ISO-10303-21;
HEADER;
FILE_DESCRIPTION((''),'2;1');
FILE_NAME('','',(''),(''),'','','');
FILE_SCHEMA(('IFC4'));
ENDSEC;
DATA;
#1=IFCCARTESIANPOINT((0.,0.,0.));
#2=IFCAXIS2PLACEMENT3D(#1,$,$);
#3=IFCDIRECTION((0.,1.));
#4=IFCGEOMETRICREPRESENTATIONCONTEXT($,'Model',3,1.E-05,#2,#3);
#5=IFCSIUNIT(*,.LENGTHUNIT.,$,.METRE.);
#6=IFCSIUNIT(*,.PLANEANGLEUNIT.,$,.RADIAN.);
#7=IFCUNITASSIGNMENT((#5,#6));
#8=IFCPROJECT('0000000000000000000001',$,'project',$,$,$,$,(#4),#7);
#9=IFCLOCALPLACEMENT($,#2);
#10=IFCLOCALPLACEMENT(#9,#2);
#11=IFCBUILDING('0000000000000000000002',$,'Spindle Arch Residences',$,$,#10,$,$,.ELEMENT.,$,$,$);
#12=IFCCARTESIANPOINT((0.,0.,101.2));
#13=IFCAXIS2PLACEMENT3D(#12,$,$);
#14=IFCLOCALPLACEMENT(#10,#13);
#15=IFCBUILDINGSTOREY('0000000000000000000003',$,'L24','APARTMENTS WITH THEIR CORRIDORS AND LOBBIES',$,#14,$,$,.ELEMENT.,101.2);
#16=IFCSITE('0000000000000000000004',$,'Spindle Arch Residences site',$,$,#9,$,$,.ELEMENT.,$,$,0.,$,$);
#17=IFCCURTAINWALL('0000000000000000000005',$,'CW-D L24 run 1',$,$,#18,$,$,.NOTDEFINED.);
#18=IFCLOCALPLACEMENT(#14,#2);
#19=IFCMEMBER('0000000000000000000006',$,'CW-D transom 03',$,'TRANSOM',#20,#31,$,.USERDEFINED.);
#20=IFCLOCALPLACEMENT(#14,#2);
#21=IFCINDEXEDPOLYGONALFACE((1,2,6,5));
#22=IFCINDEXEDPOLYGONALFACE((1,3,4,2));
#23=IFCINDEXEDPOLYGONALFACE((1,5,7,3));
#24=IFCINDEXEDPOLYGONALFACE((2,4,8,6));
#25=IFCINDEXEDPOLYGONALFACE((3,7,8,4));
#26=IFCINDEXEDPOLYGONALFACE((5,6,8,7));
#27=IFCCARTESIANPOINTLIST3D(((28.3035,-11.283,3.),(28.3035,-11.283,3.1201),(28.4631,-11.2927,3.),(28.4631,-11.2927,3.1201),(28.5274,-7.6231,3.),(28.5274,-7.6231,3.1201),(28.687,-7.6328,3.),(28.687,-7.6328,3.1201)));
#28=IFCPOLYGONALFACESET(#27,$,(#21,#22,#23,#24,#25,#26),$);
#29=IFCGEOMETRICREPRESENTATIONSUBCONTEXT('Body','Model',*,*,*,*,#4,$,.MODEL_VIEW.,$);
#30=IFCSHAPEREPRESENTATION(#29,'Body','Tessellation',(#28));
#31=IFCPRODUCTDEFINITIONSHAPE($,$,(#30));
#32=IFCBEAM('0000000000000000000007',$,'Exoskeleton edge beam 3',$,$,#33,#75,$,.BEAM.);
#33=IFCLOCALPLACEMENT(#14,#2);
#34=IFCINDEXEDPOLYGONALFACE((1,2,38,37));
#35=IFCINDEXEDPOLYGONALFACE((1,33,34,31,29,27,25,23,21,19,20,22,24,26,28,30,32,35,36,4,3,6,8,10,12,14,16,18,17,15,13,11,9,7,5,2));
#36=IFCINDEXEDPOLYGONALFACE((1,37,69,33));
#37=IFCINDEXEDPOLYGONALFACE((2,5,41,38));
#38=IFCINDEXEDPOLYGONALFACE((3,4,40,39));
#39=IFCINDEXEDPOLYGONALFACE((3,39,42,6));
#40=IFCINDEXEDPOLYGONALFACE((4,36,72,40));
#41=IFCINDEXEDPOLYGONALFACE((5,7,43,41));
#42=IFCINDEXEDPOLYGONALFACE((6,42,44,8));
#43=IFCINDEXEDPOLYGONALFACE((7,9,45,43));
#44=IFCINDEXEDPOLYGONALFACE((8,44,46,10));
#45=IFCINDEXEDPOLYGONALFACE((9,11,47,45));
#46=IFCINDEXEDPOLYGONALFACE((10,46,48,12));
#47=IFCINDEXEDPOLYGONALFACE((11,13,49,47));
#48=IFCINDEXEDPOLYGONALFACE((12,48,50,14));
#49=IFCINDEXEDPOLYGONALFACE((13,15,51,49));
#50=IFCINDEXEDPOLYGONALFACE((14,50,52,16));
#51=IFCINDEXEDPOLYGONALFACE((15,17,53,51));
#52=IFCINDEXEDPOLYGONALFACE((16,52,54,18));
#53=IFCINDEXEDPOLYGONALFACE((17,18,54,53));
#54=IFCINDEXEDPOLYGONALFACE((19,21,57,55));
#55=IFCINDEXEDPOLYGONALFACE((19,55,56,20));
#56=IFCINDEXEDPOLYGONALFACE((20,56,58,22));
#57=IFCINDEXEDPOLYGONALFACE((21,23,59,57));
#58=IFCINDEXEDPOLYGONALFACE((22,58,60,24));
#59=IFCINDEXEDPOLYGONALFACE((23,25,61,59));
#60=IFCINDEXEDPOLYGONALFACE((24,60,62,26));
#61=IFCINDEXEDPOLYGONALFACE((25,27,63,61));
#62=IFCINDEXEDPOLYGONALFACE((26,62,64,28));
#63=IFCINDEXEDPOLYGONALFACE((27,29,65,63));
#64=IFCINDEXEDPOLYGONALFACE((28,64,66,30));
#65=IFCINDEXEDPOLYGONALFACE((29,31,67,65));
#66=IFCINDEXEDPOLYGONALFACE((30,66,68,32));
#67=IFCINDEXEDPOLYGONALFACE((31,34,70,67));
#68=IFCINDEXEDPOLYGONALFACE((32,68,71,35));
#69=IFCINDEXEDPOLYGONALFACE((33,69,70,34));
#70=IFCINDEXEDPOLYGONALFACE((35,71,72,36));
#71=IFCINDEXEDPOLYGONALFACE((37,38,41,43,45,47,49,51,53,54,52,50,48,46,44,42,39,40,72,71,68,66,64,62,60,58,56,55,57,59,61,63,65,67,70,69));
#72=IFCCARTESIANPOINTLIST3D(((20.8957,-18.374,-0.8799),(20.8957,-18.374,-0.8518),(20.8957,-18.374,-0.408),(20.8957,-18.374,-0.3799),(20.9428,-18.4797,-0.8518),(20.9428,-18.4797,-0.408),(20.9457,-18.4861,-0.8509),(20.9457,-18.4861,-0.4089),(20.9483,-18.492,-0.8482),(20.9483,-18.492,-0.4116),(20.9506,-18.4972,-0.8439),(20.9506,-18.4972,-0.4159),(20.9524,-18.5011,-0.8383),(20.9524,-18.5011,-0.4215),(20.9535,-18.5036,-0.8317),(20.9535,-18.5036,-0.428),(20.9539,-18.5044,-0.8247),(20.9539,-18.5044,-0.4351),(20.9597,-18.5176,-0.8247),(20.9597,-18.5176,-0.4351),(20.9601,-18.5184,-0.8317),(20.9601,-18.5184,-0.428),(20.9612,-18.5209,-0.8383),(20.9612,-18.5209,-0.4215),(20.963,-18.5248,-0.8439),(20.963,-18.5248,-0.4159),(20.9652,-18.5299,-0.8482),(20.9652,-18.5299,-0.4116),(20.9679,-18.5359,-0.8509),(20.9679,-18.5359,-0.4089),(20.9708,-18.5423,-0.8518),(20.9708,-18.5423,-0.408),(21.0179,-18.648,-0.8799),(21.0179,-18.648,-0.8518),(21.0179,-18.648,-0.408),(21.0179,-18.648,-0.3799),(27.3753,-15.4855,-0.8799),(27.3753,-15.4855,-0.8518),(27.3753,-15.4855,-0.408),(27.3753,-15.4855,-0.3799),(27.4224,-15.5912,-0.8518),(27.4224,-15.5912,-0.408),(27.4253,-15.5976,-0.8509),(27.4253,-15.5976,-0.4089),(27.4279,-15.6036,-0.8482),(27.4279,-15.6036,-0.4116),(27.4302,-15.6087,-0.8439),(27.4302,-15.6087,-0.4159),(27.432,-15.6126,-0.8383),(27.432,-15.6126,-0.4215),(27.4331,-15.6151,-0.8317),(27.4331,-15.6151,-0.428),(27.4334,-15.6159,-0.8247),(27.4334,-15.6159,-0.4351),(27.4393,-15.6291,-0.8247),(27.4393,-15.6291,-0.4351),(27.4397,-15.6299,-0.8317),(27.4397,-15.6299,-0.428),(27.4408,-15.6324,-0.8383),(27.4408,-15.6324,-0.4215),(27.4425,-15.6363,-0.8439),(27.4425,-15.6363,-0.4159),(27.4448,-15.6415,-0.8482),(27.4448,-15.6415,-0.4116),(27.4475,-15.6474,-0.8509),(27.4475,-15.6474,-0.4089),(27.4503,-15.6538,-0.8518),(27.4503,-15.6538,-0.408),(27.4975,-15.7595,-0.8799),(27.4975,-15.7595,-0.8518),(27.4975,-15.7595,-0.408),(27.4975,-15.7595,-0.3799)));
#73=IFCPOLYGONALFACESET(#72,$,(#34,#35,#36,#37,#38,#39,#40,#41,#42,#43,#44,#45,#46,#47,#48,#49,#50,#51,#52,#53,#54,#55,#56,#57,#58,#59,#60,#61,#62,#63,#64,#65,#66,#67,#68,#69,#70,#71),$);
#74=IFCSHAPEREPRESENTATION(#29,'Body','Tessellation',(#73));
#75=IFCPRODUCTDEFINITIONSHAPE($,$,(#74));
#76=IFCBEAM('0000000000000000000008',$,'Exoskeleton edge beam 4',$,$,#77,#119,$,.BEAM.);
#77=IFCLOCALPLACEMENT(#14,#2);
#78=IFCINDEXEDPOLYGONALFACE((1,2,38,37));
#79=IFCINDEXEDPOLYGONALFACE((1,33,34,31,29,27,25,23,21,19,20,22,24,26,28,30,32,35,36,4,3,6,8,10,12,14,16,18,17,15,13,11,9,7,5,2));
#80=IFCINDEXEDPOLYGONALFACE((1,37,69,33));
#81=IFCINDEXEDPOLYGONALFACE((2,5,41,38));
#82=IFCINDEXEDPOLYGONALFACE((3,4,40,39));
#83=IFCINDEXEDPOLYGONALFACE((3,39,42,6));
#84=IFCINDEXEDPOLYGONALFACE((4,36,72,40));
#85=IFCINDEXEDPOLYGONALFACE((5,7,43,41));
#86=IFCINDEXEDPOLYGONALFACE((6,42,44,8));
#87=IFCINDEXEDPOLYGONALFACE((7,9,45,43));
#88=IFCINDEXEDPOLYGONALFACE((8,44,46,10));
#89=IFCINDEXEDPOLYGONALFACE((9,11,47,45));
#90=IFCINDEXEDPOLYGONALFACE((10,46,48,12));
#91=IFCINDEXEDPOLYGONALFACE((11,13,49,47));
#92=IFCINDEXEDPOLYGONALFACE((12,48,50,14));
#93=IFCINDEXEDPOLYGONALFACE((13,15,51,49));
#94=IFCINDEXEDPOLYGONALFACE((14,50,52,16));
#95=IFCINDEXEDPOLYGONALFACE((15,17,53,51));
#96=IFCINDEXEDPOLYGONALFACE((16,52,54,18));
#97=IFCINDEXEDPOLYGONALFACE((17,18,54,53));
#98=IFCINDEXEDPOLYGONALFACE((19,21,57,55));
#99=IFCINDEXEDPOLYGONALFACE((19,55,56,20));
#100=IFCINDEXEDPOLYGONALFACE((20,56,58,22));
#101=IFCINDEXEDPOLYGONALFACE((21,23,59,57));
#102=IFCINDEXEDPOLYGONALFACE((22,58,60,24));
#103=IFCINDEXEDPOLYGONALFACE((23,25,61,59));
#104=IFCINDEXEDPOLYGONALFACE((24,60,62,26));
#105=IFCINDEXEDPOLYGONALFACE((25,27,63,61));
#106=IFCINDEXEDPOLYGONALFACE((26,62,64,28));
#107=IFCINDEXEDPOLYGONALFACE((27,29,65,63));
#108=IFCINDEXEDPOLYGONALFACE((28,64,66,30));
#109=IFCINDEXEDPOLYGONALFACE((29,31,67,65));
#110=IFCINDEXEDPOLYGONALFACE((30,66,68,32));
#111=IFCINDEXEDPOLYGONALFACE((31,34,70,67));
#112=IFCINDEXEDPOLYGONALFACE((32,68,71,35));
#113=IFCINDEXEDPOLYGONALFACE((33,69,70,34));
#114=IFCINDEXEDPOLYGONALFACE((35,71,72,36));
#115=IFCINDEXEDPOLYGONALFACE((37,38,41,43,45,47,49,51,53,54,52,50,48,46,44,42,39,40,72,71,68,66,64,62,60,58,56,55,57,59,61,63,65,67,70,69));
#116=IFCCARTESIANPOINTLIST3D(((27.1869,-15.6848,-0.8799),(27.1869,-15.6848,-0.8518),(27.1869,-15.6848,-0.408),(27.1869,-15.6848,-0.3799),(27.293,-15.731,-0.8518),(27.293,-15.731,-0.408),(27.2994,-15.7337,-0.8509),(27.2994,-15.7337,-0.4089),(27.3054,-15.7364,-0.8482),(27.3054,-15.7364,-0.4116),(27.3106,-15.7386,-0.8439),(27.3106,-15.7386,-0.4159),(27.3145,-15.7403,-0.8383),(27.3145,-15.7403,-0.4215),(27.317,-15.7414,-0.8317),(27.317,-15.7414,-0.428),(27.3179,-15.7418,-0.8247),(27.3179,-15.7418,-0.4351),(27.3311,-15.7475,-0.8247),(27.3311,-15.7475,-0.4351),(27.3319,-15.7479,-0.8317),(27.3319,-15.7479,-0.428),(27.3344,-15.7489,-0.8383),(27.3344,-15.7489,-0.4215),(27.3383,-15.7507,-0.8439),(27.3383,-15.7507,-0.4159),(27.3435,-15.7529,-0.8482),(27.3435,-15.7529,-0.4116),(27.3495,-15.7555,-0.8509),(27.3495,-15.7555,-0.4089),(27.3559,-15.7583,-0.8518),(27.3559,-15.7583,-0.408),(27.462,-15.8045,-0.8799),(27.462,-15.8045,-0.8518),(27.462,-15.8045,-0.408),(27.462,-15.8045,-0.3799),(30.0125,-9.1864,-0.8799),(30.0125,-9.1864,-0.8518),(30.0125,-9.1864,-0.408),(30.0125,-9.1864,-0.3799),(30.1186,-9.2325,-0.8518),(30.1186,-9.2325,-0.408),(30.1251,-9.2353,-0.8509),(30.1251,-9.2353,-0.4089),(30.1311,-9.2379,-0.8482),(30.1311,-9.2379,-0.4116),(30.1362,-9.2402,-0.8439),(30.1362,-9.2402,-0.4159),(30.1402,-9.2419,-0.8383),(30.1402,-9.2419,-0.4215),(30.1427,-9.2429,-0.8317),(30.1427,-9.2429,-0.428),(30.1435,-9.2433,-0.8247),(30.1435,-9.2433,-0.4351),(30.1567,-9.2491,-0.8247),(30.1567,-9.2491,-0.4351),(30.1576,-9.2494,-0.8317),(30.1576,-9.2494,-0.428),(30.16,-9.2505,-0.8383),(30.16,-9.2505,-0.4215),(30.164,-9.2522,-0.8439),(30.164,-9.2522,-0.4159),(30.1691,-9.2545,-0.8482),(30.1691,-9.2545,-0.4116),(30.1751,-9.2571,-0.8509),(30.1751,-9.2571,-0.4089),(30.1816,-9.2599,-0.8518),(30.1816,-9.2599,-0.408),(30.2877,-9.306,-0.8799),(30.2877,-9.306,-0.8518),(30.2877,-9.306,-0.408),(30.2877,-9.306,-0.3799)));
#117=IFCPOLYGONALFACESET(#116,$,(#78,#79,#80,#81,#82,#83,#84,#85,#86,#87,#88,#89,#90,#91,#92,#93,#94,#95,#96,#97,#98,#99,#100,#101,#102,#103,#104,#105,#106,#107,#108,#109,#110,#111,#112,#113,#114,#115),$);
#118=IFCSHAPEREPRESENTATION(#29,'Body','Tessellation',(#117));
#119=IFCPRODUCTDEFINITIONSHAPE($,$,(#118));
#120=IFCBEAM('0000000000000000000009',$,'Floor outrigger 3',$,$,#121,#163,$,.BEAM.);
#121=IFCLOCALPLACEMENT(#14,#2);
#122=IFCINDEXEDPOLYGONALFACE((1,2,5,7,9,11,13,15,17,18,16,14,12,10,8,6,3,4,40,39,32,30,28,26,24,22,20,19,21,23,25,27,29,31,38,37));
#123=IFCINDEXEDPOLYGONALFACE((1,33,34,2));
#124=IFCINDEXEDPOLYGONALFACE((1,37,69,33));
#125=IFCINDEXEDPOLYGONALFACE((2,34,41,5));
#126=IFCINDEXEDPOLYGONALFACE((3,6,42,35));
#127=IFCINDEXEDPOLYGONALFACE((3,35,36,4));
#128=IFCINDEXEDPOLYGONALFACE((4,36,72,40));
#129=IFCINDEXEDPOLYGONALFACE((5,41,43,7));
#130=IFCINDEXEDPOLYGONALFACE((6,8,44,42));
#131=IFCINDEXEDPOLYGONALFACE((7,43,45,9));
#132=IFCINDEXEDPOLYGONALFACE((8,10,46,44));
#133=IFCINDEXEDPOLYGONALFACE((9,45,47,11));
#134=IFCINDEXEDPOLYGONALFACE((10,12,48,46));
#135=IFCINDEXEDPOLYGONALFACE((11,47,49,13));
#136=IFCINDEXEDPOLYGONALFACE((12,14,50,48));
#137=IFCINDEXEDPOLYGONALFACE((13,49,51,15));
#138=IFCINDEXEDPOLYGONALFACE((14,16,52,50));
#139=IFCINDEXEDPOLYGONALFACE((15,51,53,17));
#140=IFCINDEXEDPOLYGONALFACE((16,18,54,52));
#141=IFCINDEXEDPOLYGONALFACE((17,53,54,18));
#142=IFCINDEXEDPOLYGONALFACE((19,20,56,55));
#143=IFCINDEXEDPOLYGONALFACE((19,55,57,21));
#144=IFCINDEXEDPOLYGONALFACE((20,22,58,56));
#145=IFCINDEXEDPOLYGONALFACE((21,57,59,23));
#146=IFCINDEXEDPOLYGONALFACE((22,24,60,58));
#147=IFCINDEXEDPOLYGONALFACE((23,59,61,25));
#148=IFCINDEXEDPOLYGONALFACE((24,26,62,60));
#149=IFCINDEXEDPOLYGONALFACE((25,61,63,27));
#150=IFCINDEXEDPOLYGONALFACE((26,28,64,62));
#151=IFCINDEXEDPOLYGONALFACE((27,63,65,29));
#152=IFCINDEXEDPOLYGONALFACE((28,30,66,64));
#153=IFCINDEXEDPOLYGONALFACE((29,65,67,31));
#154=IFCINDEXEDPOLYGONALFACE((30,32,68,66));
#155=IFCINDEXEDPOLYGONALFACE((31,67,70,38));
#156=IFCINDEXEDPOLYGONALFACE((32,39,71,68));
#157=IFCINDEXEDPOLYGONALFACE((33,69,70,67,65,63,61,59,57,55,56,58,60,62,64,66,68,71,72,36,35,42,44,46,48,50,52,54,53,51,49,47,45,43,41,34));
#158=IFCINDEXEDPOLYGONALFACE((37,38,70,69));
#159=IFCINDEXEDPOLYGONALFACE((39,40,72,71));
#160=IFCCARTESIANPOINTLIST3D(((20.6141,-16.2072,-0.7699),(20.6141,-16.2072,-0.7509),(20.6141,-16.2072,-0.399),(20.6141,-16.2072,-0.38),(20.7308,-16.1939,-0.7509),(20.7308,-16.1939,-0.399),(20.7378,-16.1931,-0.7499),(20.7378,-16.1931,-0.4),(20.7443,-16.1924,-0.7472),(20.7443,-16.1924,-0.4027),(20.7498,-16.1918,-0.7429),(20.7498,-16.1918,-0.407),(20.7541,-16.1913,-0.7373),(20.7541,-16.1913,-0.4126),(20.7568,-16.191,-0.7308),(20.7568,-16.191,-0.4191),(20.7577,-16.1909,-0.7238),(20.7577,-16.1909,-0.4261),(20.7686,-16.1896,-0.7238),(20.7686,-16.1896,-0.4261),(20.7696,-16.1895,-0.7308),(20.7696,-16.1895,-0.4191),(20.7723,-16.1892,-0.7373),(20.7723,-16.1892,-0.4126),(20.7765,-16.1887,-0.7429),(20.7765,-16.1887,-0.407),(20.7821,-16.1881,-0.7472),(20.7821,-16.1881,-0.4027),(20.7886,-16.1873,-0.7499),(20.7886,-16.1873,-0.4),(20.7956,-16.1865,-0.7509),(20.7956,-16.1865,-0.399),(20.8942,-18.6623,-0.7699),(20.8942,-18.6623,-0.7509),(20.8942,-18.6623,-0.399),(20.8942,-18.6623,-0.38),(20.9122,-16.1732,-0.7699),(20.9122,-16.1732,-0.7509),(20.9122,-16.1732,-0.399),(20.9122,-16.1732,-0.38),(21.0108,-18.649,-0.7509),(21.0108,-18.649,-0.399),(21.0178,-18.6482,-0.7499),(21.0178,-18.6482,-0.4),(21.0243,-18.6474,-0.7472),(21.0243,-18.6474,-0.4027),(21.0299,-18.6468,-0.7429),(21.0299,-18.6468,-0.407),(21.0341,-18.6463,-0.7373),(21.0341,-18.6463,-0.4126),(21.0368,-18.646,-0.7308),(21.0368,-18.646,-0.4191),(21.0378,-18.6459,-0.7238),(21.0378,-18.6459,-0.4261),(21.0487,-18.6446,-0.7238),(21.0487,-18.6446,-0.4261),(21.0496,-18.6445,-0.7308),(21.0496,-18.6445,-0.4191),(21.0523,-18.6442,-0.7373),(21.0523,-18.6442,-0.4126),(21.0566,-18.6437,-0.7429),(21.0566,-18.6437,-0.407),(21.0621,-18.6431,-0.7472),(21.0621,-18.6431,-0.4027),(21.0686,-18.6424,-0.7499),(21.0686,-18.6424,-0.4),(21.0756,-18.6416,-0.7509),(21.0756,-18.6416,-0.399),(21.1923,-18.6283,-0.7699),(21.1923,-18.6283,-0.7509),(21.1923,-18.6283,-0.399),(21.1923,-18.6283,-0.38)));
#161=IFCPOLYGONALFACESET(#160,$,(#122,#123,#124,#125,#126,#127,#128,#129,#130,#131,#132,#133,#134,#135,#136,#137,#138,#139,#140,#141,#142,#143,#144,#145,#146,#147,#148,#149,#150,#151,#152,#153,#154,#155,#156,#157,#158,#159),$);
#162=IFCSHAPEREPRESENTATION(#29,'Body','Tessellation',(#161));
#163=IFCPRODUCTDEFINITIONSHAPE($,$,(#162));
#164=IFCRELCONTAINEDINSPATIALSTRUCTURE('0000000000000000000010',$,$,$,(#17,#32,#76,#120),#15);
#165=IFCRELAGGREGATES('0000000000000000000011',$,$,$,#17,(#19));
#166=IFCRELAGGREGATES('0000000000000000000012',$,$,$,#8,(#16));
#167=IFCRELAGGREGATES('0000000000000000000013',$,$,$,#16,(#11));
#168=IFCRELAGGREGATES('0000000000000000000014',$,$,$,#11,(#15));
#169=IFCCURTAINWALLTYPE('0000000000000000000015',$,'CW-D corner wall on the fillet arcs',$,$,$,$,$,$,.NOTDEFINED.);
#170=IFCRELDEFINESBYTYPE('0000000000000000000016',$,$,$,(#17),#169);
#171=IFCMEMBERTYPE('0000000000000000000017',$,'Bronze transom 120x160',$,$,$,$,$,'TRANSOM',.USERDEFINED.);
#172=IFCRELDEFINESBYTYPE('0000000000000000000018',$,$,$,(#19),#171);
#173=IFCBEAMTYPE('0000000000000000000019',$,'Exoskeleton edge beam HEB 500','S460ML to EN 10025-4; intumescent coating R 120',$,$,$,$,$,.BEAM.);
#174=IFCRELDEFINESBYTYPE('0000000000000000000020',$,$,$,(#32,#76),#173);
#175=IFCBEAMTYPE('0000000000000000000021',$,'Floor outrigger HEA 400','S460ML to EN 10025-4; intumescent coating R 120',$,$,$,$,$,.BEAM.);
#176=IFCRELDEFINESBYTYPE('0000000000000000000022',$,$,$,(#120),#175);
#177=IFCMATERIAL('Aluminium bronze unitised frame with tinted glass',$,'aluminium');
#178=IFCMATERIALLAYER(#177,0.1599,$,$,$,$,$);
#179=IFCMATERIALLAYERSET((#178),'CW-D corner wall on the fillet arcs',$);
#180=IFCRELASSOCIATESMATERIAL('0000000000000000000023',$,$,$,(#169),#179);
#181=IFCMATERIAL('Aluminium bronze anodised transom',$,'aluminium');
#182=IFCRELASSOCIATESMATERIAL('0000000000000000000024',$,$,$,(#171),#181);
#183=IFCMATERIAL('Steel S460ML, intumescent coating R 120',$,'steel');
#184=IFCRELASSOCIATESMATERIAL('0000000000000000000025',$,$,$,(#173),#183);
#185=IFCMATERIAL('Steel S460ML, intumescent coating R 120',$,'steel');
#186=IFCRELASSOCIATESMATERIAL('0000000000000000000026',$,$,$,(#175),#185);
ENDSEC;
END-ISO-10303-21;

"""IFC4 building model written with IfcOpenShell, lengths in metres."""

from ifc_helpers import new_model, si_unit, direction, frame, origin, origin_2d, place, context, subcontext, project, spatial, rectangle, i_section, extrude, material, layer, layer_set, material_profile, profile_set, type_object, element, aggregate, save


model = new_model("IFC4")

# Units and contexts
model_context = context("Model", 3, precision=1e-05, world=origin(), true_north=direction((0.0, 1.0)))
body_context = subcontext(model_context, "Body", "Model", "MODEL_VIEW")
ifc_project = project(units=[si_unit("LENGTHUNIT", "METRE"), si_unit("PLANEANGLEUNIT", "RADIAN")], contexts=[model_context])

# Site, building, storey
site_placement = place(None, origin())
site = spatial("IfcSite", under=ifc_project, at=site_placement, Name="Spindle Arch Residences site", CompositionType="ELEMENT", RefElevation=0.0)
building_placement = place(site_placement, origin())
building = spatial("IfcBuilding", under=site, at=building_placement, Name="Spindle Arch Residences", CompositionType="ELEMENT")
storey_placement = place(building_placement, frame((0.0, 0.0, 101.2)))
storey = spatial("IfcBuildingStorey", under=building, at=storey_placement, Name="L24", Description="APARTMENTS WITH THEIR CORRIDORS AND LOBBIES", CompositionType="ELEMENT", Elevation=101.2)

# Curtain wall, member
ifc_material_1 = material(Name="Aluminium bronze unitised frame with tinted glass", Category="aluminium")
ifc_layer_1 = layer(ifc_material_1, 0.1599)
ifc_layer_set_1 = layer_set([ifc_layer_1], Name="CW-D corner wall on the fillet arcs")
curtain_wall_type = type_object("IfcCurtainWallType", Name="CW-D corner wall on the fillet arcs", PredefinedType="NOTDEFINED", material=ifc_layer_set_1)
curtain_wall_placement = place(storey_placement, origin())
curtain_wall = element("IfcCurtainWall", 1, at=curtain_wall_placement, inside=storey, type_object=curtain_wall_type, Name="CW-D L24 run 1", PredefinedType="NOTDEFINED")
ifc_material_2 = material(Name="Aluminium bronze anodised transom", Category="aluminium")
ifc_material_profile_1 = material_profile(ifc_material_2, rectangle(XDim=0.1599, YDim=0.1201, at=origin_2d()), Name="TR 120x160")
ifc_profile_set_1 = profile_set([ifc_material_profile_1], Name="Aluminium bronze anodised transom")
member_type_1 = type_object("IfcMemberType", Name="Bronze transom 120x160", ElementType="TRANSOM", PredefinedType="USERDEFINED", material=ifc_profile_set_1)
member_1_placement = place(storey_placement, frame((28.3833, -11.2878, 3.0601), z_axis=(0.061056, 0.998134, 0.0), x_axis=(-0.998134, 0.061056, 0.0)))
member_1 = element("IfcMember", 2, at=member_1_placement, type_object=member_type_1, Name="CW-D transom 03", ObjectType="TRANSOM", PredefinedType="USERDEFINED", context=body_context, shape_type="SweptSolid", body=[
    extrude(rectangle(XDim=0.1599, YDim=0.1201, at=origin_2d()), origin(), (0.0, 0.0, 1.0), 3.6667),
])

# Beams
ifc_material_3 = material(Name="Steel S460ML, intumescent coating R 120", Category="steel")
ifc_material_profile_2 = material_profile(ifc_material_3, i_section(OverallWidth=0.3, OverallDepth=0.5, WebThickness=0.0144, FlangeThickness=0.0281, FilletRadius=0.0271, at=origin_2d()), Name="HEB 500")
ifc_profile_set_2 = profile_set([ifc_material_profile_2], Name="Steel S460ML, intumescent coating R 120")
beam_type_1 = type_object("IfcBeamType", Name="Exoskeleton edge beam HEB 500", Description="S460ML to EN 10025-4; intumescent coating R 120", PredefinedType="BEAM", material=ifc_profile_set_2)
beam_1_placement = place(storey_placement, frame((20.9568, -18.511, -0.6299), z_axis=(0.913358, 0.407157, 0.0), x_axis=(-0.407157, 0.913358, 0.0)))
element("IfcBeam", 3, at=beam_1_placement, inside=storey, type_object=beam_type_1, Name="Exoskeleton edge beam 3", PredefinedType="BEAM", context=body_context, shape_type="SweptSolid", body=[
    extrude(i_section(OverallWidth=0.3, OverallDepth=0.5, WebThickness=0.0144, FlangeThickness=0.0281, FilletRadius=0.0271, at=origin_2d()), origin(), (0.0, 0.0, 1.0), 7.0942),
])
beam_2_placement = place(storey_placement, frame((27.3245, -15.7446, -0.6299), z_axis=(0.398754, 0.917058, 0.0), x_axis=(-0.917058, 0.398754, 0.0)))
element("IfcBeam", 4, at=beam_2_placement, inside=storey, type_object=beam_type_1, Name="Exoskeleton edge beam 4", PredefinedType="BEAM", context=body_context, shape_type="SweptSolid", body=[
    extrude(i_section(OverallWidth=0.3, OverallDepth=0.5, WebThickness=0.0144, FlangeThickness=0.0281, FilletRadius=0.0271, at=origin_2d()), origin(), (0.0, 0.0, 1.0), 7.0862),
])
ifc_material_4 = material(Name="Steel S460ML, intumescent coating R 120", Category="steel")
ifc_material_profile_3 = material_profile(ifc_material_4, i_section(OverallWidth=0.3, OverallDepth=0.3899, WebThickness=0.011, FlangeThickness=0.019, FilletRadius=0.0271, at=origin_2d()), Name="HEA 400")
ifc_profile_set_3 = profile_set([ifc_material_profile_3], Name="Steel S460ML, intumescent coating R 120")
beam_type_2 = type_object("IfcBeamType", Name="Floor outrigger HEA 400", Description="S460ML to EN 10025-4; intumescent coating R 120", PredefinedType="BEAM", material=ifc_profile_set_3)
beam_3_placement = place(storey_placement, frame((21.0432, -18.6453, -0.575), z_axis=(-0.113326, 0.993558, 0.0), x_axis=(-0.993558, -0.113326, 0.0)))
element("IfcBeam", 5, at=beam_3_placement, inside=storey, type_object=beam_type_2, Name="Floor outrigger 3", PredefinedType="BEAM", context=body_context, shape_type="SweptSolid", body=[
    extrude(i_section(OverallWidth=0.3, OverallDepth=0.3899, WebThickness=0.011, FlangeThickness=0.019, FilletRadius=0.0271, at=origin_2d()), origin(), (0.0, 0.0, 1.0), 2.4709),
])

aggregate(curtain_wall, [member_1])

save(model, "model.ifc")
